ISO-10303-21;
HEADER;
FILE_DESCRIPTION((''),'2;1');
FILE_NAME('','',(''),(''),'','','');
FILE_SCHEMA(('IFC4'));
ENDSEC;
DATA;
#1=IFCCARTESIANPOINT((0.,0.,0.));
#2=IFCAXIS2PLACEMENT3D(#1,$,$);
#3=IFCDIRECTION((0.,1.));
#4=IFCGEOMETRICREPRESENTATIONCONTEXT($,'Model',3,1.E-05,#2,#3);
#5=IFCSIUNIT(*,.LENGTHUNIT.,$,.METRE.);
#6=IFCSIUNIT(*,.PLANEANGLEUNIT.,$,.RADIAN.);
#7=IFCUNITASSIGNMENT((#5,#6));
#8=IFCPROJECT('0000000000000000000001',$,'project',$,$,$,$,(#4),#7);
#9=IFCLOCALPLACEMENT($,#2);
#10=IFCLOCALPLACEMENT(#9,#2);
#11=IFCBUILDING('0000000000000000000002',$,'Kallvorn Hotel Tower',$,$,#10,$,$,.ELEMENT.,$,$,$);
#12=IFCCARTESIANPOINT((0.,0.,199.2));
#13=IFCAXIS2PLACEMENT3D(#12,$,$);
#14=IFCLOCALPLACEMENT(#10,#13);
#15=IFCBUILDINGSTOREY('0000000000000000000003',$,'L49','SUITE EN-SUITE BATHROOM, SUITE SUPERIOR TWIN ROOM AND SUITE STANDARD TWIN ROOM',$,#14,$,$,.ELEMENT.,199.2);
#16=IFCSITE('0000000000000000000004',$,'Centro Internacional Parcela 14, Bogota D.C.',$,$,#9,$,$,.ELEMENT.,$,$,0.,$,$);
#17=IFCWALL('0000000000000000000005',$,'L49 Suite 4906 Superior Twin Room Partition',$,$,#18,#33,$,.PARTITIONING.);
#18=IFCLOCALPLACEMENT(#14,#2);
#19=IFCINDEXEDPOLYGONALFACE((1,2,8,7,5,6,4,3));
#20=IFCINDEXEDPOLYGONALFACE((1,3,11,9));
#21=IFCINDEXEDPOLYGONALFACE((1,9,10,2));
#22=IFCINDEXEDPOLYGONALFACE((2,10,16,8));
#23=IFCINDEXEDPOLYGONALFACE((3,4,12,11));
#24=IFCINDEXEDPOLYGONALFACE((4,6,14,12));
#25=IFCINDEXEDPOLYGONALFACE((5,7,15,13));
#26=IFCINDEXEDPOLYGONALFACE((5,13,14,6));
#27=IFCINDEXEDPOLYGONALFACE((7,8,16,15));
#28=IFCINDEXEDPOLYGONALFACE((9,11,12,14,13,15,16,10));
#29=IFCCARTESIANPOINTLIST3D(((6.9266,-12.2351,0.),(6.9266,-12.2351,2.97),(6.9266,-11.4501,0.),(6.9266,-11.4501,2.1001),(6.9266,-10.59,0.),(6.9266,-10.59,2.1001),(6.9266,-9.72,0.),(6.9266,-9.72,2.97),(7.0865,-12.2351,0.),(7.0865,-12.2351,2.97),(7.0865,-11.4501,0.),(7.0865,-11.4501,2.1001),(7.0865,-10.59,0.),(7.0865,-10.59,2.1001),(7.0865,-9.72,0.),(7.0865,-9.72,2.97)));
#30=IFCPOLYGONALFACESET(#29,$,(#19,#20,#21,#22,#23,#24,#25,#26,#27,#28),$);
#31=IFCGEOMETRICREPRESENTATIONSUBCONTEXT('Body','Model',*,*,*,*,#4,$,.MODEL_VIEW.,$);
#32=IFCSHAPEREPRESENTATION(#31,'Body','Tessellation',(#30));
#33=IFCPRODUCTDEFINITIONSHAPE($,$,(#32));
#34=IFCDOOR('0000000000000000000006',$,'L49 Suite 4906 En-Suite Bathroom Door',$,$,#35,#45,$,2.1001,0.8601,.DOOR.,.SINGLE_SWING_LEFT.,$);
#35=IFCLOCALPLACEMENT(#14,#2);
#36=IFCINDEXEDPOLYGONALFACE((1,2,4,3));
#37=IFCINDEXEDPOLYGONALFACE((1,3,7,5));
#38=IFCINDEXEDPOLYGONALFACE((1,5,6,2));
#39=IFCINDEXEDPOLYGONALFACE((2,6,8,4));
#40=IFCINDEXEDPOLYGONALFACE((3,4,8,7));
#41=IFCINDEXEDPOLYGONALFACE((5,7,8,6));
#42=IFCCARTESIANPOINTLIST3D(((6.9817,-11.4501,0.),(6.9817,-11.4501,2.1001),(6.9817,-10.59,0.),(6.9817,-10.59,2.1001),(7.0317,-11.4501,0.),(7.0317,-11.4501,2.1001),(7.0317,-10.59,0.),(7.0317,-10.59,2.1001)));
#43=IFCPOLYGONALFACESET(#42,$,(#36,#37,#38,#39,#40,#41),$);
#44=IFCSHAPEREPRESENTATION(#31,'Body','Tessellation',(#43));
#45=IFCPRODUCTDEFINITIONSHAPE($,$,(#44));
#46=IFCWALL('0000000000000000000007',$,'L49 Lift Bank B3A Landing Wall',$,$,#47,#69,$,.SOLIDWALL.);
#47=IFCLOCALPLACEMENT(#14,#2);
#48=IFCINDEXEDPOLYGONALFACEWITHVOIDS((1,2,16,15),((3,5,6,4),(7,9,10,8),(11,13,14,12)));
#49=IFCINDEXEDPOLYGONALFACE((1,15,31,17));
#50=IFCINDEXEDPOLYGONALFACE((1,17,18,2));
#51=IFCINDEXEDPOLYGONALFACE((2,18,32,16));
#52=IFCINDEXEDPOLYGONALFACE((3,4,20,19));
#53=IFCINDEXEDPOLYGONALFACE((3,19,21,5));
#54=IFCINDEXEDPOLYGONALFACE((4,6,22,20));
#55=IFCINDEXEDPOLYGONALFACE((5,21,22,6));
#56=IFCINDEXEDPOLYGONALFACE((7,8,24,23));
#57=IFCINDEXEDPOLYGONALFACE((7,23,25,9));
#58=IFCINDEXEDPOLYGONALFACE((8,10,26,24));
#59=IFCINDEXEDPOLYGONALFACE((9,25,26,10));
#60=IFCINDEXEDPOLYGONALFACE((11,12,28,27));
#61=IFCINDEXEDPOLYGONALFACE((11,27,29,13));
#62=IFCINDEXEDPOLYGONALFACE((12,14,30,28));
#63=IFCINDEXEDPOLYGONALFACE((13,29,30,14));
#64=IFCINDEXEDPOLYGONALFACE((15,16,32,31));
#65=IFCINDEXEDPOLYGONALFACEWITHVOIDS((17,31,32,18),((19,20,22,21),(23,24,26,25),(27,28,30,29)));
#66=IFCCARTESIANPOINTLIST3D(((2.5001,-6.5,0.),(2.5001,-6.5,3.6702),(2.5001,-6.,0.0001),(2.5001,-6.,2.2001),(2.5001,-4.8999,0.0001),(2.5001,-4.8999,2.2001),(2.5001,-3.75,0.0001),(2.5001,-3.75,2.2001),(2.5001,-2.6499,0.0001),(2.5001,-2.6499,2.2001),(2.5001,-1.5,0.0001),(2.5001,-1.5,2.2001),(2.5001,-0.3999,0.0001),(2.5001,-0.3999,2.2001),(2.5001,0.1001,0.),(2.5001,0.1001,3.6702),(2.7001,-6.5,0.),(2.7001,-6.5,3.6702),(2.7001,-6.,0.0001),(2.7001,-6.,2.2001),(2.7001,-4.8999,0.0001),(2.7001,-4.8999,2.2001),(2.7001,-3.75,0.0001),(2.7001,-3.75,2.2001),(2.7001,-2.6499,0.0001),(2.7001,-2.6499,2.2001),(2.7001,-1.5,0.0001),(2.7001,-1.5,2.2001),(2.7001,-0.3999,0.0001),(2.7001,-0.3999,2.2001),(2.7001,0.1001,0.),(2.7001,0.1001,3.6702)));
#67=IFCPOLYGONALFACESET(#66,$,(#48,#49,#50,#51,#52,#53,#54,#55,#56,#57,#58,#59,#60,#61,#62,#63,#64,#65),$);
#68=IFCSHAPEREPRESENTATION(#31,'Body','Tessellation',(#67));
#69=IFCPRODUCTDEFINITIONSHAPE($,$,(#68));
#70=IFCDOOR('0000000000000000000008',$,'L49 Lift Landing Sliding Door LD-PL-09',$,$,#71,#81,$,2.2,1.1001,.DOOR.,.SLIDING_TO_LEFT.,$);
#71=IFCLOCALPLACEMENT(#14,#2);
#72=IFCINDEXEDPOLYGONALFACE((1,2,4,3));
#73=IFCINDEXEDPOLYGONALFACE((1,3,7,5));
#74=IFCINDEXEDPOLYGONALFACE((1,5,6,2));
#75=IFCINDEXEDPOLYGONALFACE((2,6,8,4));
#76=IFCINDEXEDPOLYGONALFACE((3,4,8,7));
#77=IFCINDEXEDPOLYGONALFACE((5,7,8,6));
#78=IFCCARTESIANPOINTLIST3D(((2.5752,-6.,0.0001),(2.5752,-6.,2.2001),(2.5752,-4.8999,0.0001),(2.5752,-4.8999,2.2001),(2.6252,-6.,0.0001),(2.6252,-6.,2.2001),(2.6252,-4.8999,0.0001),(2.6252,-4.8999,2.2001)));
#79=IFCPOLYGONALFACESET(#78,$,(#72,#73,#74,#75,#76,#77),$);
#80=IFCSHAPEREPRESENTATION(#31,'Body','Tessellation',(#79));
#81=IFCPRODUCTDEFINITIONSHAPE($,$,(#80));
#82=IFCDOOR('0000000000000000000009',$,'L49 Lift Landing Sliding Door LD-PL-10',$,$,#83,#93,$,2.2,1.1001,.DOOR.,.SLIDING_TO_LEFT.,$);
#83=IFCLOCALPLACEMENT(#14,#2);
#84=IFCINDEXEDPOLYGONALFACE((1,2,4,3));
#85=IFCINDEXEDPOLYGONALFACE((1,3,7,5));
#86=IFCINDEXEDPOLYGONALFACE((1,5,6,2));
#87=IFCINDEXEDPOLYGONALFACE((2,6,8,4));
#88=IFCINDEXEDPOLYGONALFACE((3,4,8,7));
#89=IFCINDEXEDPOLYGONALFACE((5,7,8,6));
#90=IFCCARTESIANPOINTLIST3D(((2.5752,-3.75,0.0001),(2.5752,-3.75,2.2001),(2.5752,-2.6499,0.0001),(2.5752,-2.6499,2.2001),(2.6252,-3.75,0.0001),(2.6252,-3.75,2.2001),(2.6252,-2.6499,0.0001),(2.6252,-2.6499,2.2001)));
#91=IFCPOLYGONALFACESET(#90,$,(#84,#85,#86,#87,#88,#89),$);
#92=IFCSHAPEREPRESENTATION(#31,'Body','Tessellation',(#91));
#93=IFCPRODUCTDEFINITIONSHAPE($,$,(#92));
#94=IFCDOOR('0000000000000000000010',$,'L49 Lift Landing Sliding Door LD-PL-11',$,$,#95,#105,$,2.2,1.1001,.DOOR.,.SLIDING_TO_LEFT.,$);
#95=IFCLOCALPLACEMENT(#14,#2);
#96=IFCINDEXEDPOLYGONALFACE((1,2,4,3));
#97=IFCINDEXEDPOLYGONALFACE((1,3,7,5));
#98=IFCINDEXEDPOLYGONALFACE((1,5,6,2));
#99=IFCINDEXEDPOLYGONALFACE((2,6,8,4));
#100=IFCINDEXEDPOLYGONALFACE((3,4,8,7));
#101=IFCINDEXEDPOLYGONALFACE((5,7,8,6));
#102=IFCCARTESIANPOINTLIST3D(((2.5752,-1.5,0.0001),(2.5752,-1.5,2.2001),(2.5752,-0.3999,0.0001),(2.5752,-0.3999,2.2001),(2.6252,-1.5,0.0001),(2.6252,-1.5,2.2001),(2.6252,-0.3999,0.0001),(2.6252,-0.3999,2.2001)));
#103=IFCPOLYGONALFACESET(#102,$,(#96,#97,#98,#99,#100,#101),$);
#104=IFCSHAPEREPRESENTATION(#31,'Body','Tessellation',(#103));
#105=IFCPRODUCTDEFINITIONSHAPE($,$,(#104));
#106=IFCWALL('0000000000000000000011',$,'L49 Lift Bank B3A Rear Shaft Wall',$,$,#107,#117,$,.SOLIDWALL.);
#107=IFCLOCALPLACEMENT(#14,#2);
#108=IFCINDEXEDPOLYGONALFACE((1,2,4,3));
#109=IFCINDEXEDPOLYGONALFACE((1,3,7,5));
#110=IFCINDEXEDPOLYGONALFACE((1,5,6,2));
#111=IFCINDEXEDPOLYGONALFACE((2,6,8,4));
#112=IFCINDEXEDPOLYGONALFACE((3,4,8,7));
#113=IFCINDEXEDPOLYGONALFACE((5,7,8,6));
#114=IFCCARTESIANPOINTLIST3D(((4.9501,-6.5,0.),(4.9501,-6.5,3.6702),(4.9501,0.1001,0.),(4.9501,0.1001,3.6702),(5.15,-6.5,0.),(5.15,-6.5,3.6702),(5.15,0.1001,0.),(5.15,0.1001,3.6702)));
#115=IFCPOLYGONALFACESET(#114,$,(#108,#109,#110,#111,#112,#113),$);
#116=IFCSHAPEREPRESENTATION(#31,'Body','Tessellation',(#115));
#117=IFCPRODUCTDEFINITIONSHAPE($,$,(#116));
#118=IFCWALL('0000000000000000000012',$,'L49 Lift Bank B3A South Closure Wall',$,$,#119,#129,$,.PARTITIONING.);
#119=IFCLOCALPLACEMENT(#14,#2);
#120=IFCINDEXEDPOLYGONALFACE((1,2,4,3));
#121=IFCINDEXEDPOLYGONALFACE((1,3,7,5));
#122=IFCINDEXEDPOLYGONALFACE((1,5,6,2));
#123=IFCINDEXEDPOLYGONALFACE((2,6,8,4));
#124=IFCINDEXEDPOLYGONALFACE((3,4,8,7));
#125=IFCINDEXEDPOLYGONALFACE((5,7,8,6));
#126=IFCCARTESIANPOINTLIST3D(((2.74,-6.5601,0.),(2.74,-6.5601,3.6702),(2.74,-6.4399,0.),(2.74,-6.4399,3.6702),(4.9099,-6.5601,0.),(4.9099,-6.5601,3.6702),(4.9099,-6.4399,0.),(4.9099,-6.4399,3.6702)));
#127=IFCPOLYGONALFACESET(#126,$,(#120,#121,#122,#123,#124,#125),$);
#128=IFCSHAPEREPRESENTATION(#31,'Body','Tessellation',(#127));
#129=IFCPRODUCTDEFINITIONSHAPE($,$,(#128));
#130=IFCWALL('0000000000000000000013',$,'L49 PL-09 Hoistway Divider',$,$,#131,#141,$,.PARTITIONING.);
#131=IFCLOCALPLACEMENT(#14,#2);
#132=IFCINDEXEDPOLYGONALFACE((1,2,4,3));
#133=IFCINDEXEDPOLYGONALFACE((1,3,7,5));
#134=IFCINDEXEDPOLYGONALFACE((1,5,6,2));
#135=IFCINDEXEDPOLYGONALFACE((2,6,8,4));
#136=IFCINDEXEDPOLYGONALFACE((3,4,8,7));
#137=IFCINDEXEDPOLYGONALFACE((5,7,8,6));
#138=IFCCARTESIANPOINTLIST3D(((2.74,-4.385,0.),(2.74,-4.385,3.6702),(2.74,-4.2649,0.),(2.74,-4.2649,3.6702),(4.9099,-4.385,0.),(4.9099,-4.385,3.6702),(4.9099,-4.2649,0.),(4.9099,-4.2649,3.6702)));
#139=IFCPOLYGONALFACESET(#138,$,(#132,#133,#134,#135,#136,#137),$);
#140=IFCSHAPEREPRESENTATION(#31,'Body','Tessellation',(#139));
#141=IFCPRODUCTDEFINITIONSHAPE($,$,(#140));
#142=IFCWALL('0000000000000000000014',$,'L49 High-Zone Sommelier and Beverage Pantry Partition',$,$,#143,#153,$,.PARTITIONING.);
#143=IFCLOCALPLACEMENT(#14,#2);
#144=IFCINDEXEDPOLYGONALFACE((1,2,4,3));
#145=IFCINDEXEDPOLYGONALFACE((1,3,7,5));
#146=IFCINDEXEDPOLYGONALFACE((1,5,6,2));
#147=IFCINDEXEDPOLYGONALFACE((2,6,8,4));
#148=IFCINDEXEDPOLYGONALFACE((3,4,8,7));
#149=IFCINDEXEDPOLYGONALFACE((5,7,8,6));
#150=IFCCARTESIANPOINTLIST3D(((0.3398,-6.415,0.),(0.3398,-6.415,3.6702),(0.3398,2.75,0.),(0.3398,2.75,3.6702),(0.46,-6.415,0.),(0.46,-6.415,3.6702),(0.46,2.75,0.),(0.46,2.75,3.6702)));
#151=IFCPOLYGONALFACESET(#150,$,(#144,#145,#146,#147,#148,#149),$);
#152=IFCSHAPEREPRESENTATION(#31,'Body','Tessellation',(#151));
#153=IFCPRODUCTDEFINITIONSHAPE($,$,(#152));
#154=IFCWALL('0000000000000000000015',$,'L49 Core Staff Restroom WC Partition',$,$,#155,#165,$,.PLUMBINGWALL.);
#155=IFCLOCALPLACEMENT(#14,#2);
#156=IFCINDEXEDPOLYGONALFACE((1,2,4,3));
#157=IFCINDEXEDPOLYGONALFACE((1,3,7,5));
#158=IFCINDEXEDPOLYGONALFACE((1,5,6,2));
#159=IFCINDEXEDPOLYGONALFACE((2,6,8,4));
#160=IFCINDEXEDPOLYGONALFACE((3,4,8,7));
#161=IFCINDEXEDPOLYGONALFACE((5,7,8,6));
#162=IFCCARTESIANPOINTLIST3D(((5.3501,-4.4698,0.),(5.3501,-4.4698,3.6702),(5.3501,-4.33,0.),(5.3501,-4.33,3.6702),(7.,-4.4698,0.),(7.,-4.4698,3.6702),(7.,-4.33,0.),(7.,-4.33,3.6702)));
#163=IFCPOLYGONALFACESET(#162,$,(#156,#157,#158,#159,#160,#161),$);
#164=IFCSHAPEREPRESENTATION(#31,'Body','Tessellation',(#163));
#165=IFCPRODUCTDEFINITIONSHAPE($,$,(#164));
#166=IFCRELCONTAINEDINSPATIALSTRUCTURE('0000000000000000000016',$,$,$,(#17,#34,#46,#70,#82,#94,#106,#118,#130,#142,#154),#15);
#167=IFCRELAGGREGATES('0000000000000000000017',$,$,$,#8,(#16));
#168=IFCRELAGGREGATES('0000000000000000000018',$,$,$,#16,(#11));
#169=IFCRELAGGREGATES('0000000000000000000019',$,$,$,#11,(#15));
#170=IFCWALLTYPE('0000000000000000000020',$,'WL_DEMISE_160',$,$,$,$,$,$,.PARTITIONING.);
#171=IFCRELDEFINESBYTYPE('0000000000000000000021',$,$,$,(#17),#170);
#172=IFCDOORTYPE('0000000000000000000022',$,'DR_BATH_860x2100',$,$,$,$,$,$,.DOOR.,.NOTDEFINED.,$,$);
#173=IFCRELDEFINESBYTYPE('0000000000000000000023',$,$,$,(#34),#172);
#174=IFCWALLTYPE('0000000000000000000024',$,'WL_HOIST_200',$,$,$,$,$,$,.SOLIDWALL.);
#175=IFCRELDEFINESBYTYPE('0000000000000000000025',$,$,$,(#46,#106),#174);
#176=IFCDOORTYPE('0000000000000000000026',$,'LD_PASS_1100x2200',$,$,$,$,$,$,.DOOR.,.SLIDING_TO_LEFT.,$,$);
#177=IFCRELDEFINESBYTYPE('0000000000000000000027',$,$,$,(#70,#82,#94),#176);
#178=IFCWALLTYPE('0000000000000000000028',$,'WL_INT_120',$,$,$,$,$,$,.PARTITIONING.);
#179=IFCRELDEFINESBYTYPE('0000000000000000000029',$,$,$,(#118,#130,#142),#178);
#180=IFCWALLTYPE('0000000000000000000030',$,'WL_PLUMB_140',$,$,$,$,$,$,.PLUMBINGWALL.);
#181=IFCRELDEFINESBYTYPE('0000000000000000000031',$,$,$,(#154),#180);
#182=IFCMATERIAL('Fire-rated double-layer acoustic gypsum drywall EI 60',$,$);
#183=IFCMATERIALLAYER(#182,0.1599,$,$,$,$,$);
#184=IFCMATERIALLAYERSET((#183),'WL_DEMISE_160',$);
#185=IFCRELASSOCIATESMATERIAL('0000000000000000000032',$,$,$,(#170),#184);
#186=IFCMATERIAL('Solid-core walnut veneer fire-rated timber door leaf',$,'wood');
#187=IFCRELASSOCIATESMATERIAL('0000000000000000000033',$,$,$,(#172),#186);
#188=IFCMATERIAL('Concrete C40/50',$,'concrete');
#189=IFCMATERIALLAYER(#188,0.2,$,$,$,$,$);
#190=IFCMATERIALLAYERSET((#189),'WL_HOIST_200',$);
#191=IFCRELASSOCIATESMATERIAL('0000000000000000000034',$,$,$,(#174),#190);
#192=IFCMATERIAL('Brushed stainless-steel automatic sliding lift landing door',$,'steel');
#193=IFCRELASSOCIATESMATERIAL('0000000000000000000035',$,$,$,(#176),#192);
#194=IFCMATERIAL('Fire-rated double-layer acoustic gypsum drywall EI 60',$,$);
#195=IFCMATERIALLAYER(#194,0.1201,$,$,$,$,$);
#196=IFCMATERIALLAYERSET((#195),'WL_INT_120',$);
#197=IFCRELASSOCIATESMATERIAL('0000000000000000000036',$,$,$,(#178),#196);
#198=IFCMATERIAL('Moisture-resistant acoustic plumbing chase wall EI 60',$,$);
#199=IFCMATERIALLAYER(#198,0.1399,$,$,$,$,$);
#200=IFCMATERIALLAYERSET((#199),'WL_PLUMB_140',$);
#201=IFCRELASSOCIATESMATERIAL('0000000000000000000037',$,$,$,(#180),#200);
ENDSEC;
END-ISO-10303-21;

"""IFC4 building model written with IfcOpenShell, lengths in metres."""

from ifc_helpers import new_model, si_unit, direction, frame, frame_2d, origin, place, context, subcontext, project, spatial, rectangle, extrude, material, layer, layer_set, type_object, element, fill, save


model = new_model("IFC4")

# Units and contexts
model_context = context("Model", 3, precision=1e-05, world=origin(), true_north=direction((0.0, 1.0)))
body_context = subcontext(model_context, "Body", "Model", "MODEL_VIEW")
ifc_project = project(units=[si_unit("LENGTHUNIT", "METRE"), si_unit("PLANEANGLEUNIT", "RADIAN")], contexts=[model_context])

# Site, building, storey
site_placement = place(None, origin())
site = spatial("IfcSite", under=ifc_project, at=site_placement, Name="Centro Internacional Parcela 14, Bogota D.C.", CompositionType="ELEMENT", RefElevation=0.0)
building_placement = place(site_placement, origin())
building = spatial("IfcBuilding", under=site, at=building_placement, Name="Kallvorn Hotel Tower", CompositionType="ELEMENT")
storey_placement = place(building_placement, frame((0.0, 0.0, 199.2)))
storey = spatial("IfcBuildingStorey", under=building, at=storey_placement, Name="L49", Description="SUITE EN-SUITE BATHROOM, SUITE SUPERIOR TWIN ROOM AND SUITE STANDARD TWIN ROOM", CompositionType="ELEMENT", Elevation=199.2)

# Shared definitions
ifc_material_1 = material(Name="Fire-rated double-layer acoustic gypsum drywall EI 60")
ifc_layer_1 = layer(ifc_material_1, 0.1599)
ifc_layer_set_1 = layer_set([ifc_layer_1], Name="WL_DEMISE_160")
wall_type_1 = type_object("IfcWallType", Name="WL_DEMISE_160", PredefinedType="PARTITIONING", material=ifc_layer_set_1)

# Wall, opening, door
ifc_material_2 = material(Name="Solid-core walnut veneer fire-rated timber door leaf", Category="wood")
door_type_1 = type_object("IfcDoorType", Name="DR_BATH_860x2100", OperationType="NOTDEFINED", PredefinedType="DOOR", material=ifc_material_2)
wall_1_placement = place(storey_placement, frame((7.0066, -12.2351, 0.0), z_axis=(0.0, 0.0, 1.0), x_axis=(0.0, 1.0, 0.0)))
wall_1 = element("IfcWall", 1, at=wall_1_placement, inside=storey, type_object=wall_type_1, Name="L49 Suite 4906 Superior Twin Room Partition", PredefinedType="PARTITIONING", context=body_context, shape_type="SweptSolid", body=[
    extrude(rectangle(XDim=2.5151, YDim=0.1599, at=frame_2d((1.2576, 0.0))), origin(), (0.0, 0.0, 1.0), 2.97),
])
opening_1_placement = place(wall_1_placement, frame((0.7849, 0.0, 0.0)))
opening_1 = element("IfcOpeningElement", 2, at=opening_1_placement, cuts=wall_1, PredefinedType="OPENING", context=body_context, shape_type="SweptSolid", body=[
    extrude(rectangle(XDim=0.8601, YDim=2.1001, at=frame_2d((0.4302, 1.05))), frame((0.0, 0.095, 0.0), z_axis=(0.0, -1.0, 0.0), x_axis=(1.0, 0.0, 0.0)), (0.0, 0.0, 1.0), 0.1899),
])
door_1_placement = place(opening_1_placement, origin())
door_1 = element("IfcDoor", 3, at=door_1_placement, inside=storey, type_object=door_type_1, Name="L49 Suite 4906 En-Suite Bathroom Door", OperationType="SINGLE_SWING_LEFT", OverallHeight=2.1001, OverallWidth=0.8601, PredefinedType="DOOR", context=body_context, shape_type="SweptSolid", body=[
    extrude(rectangle(XDim=0.8601, YDim=2.1001, at=frame_2d((0.4302, 1.05))), frame((0.0, 0.0249, 0.0), z_axis=(0.0, -1.0, 0.0), x_axis=(1.0, 0.0, 0.0)), (0.0, 0.0, 1.0), 0.05),
])
fill(opening_1, door_1)

# Wall, openings, doors
ifc_material_3 = material(Name="Concrete C40/50", Category="concrete")
ifc_layer_2 = layer(ifc_material_3, 0.2)
ifc_layer_set_2 = layer_set([ifc_layer_2], Name="WL_HOIST_200")
wall_type_2 = type_object("IfcWallType", Name="WL_HOIST_200", PredefinedType="SOLIDWALL", material=ifc_layer_set_2)
wall_2_placement = place(storey_placement, frame((2.6001, -6.5, 0.0), z_axis=(0.0, 0.0, 1.0), x_axis=(0.0, 1.0, 0.0)))
wall_2 = element("IfcWall", 4, at=wall_2_placement, inside=storey, type_object=wall_type_2, Name="L49 Lift Bank B3A Landing Wall", PredefinedType="SOLIDWALL", context=body_context, shape_type="SweptSolid", body=[
    extrude(rectangle(XDim=6.6001, YDim=0.2, at=frame_2d((3.3, 0.0))), origin(), (0.0, 0.0, 1.0), 3.6702),
])
opening_2_placement = place(wall_2_placement, frame((0.5, 0.0, 0.0)))
opening_2 = element("IfcOpeningElement", 5, at=opening_2_placement, cuts=wall_2, PredefinedType="OPENING", context=body_context, shape_type="SweptSolid", body=[
    extrude(rectangle(XDim=1.1001, YDim=2.2, at=frame_2d((0.55, 1.1001))), frame((0.0, 0.115, 0.0), z_axis=(0.0, -1.0, 0.0), x_axis=(1.0, 0.0, 0.0)), (0.0, 0.0, 1.0), 0.23),
])
opening_3_placement = place(wall_2_placement, frame((2.75, 0.0, 0.0)))
opening_3 = element("IfcOpeningElement", 6, at=opening_3_placement, cuts=wall_2, PredefinedType="OPENING", context=body_context, shape_type="SweptSolid", body=[
    extrude(rectangle(XDim=1.1001, YDim=2.2, at=frame_2d((0.55, 1.1001))), frame((0.0, 0.115, 0.0), z_axis=(0.0, -1.0, 0.0), x_axis=(1.0, 0.0, 0.0)), (0.0, 0.0, 1.0), 0.23),
])
opening_4_placement = place(wall_2_placement, frame((5.0, 0.0, 0.0)))
opening_4 = element("IfcOpeningElement", 7, at=opening_4_placement, cuts=wall_2, PredefinedType="OPENING", context=body_context, shape_type="SweptSolid", body=[
    extrude(rectangle(XDim=1.1001, YDim=2.2, at=frame_2d((0.55, 1.1001))), frame((0.0, 0.115, 0.0), z_axis=(0.0, -1.0, 0.0), x_axis=(1.0, 0.0, 0.0)), (0.0, 0.0, 1.0), 0.23),
])
ifc_material_4 = material(Name="Brushed stainless-steel automatic sliding lift landing door", Category="steel")
door_type_2 = type_object("IfcDoorType", Name="LD_PASS_1100x2200", OperationType="SLIDING_TO_LEFT", PredefinedType="DOOR", material=ifc_material_4)
door_2_placement = place(opening_2_placement, origin())
door_2 = element("IfcDoor", 8, at=door_2_placement, inside=storey, type_object=door_type_2, Name="L49 Lift Landing Sliding Door LD-PL-09", OperationType="SLIDING_TO_LEFT", OverallHeight=2.2, OverallWidth=1.1001, PredefinedType="DOOR", context=body_context, shape_type="SweptSolid", body=[
    extrude(rectangle(XDim=1.1001, YDim=2.2, at=frame_2d((0.55, 1.1001))), frame((0.0, 0.0249, 0.0), z_axis=(0.0, -1.0, 0.0), x_axis=(1.0, 0.0, 0.0)), (0.0, 0.0, 1.0), 0.05),
])
fill(opening_2, door_2)
door_3_placement = place(opening_3_placement, origin())
door_3 = element("IfcDoor", 9, at=door_3_placement, inside=storey, type_object=door_type_2, Name="L49 Lift Landing Sliding Door LD-PL-10", OperationType="SLIDING_TO_LEFT", OverallHeight=2.2, OverallWidth=1.1001, PredefinedType="DOOR", context=body_context, shape_type="SweptSolid", body=[
    extrude(rectangle(XDim=1.1001, YDim=2.2, at=frame_2d((0.55, 1.1001))), frame((0.0, 0.0249, 0.0), z_axis=(0.0, -1.0, 0.0), x_axis=(1.0, 0.0, 0.0)), (0.0, 0.0, 1.0), 0.05),
])
fill(opening_3, door_3)
door_4_placement = place(opening_4_placement, origin())
door_4 = element("IfcDoor", 10, at=door_4_placement, inside=storey, type_object=door_type_2, Name="L49 Lift Landing Sliding Door LD-PL-11", OperationType="SLIDING_TO_LEFT", OverallHeight=2.2, OverallWidth=1.1001, PredefinedType="DOOR", context=body_context, shape_type="SweptSolid", body=[
    extrude(rectangle(XDim=1.1001, YDim=2.2, at=frame_2d((0.55, 1.1001))), frame((0.0, 0.0249, 0.0), z_axis=(0.0, -1.0, 0.0), x_axis=(1.0, 0.0, 0.0)), (0.0, 0.0, 1.0), 0.05),
])
fill(opening_4, door_4)

# Walls
wall_3_placement = place(storey_placement, frame((5.05, -6.5, 0.0), z_axis=(0.0, 0.0, 1.0), x_axis=(0.0, 1.0, 0.0)))
element("IfcWall", 11, at=wall_3_placement, inside=storey, type_object=wall_type_2, Name="L49 Lift Bank B3A Rear Shaft Wall", PredefinedType="SOLIDWALL", context=body_context, shape_type="SweptSolid", body=[
    extrude(rectangle(XDim=6.6001, YDim=0.2, at=frame_2d((3.3, 0.0))), origin(), (0.0, 0.0, 1.0), 3.6702),
])
ifc_material_5 = material(Name="Fire-rated double-layer acoustic gypsum drywall EI 60")
ifc_layer_3 = layer(ifc_material_5, 0.1201)
ifc_layer_set_3 = layer_set([ifc_layer_3], Name="WL_INT_120")
wall_type_3 = type_object("IfcWallType", Name="WL_INT_120", PredefinedType="PARTITIONING", material=ifc_layer_set_3)
for number, where, z_axis, x_axis, name in (
    (12, (2.74, -6.5, 0.0), (0.0, 0.0, 1.0), (1.0, 0.0, 0.0), "L49 Lift Bank B3A South Closure Wall"),
    (13, (2.74, -4.325, 0.0), (0.0, 0.0, 1.0), (1.0, 0.0, 0.0), "L49 PL-09 Hoistway Divider"),
):
    element("IfcWall", number, at=place(storey_placement, frame(where, z_axis=z_axis, x_axis=x_axis)), inside=storey, type_object=wall_type_3, Name=name, PredefinedType="PARTITIONING", context=body_context, shape_type="SweptSolid", body=[
        extrude(rectangle(XDim=2.1699, YDim=0.1201, at=frame_2d((1.085, 0.0))), origin(), (0.0, 0.0, 1.0), 3.6702),
    ])
wall_4_placement = place(storey_placement, frame((0.3999, -6.415, 0.0), z_axis=(0.0, 0.0, 1.0), x_axis=(0.0, 1.0, 0.0)))
element("IfcWall", 14, at=wall_4_placement, inside=storey, type_object=wall_type_3, Name="L49 High-Zone Sommelier and Beverage Pantry Partition", PredefinedType="PARTITIONING", context=body_context, shape_type="SweptSolid", body=[
    extrude(rectangle(XDim=9.165, YDim=0.1201, at=frame_2d((4.5825, 0.0))), origin(), (0.0, 0.0, 1.0), 3.6702),
])
ifc_material_6 = material(Name="Moisture-resistant acoustic plumbing chase wall EI 60")
ifc_layer_4 = layer(ifc_material_6, 0.1399)
ifc_layer_set_4 = layer_set([ifc_layer_4], Name="WL_PLUMB_140")
wall_type_4 = type_object("IfcWallType", Name="WL_PLUMB_140", PredefinedType="PLUMBINGWALL", material=ifc_layer_set_4)
wall_5_placement = place(storey_placement, frame((5.3501, -4.3999, 0.0), z_axis=(0.0, 0.0, 1.0), x_axis=(1.0, 0.0, 0.0)))
element("IfcWall", 15, at=wall_5_placement, inside=storey, type_object=wall_type_4, Name="L49 Core Staff Restroom WC Partition", PredefinedType="PLUMBINGWALL", context=body_context, shape_type="SweptSolid", body=[
    extrude(rectangle(XDim=1.6499, YDim=0.1399, at=frame_2d((0.825, 0.0))), origin(), (0.0, 0.0, 1.0), 3.6702),
])

save(model, "model.ifc")
